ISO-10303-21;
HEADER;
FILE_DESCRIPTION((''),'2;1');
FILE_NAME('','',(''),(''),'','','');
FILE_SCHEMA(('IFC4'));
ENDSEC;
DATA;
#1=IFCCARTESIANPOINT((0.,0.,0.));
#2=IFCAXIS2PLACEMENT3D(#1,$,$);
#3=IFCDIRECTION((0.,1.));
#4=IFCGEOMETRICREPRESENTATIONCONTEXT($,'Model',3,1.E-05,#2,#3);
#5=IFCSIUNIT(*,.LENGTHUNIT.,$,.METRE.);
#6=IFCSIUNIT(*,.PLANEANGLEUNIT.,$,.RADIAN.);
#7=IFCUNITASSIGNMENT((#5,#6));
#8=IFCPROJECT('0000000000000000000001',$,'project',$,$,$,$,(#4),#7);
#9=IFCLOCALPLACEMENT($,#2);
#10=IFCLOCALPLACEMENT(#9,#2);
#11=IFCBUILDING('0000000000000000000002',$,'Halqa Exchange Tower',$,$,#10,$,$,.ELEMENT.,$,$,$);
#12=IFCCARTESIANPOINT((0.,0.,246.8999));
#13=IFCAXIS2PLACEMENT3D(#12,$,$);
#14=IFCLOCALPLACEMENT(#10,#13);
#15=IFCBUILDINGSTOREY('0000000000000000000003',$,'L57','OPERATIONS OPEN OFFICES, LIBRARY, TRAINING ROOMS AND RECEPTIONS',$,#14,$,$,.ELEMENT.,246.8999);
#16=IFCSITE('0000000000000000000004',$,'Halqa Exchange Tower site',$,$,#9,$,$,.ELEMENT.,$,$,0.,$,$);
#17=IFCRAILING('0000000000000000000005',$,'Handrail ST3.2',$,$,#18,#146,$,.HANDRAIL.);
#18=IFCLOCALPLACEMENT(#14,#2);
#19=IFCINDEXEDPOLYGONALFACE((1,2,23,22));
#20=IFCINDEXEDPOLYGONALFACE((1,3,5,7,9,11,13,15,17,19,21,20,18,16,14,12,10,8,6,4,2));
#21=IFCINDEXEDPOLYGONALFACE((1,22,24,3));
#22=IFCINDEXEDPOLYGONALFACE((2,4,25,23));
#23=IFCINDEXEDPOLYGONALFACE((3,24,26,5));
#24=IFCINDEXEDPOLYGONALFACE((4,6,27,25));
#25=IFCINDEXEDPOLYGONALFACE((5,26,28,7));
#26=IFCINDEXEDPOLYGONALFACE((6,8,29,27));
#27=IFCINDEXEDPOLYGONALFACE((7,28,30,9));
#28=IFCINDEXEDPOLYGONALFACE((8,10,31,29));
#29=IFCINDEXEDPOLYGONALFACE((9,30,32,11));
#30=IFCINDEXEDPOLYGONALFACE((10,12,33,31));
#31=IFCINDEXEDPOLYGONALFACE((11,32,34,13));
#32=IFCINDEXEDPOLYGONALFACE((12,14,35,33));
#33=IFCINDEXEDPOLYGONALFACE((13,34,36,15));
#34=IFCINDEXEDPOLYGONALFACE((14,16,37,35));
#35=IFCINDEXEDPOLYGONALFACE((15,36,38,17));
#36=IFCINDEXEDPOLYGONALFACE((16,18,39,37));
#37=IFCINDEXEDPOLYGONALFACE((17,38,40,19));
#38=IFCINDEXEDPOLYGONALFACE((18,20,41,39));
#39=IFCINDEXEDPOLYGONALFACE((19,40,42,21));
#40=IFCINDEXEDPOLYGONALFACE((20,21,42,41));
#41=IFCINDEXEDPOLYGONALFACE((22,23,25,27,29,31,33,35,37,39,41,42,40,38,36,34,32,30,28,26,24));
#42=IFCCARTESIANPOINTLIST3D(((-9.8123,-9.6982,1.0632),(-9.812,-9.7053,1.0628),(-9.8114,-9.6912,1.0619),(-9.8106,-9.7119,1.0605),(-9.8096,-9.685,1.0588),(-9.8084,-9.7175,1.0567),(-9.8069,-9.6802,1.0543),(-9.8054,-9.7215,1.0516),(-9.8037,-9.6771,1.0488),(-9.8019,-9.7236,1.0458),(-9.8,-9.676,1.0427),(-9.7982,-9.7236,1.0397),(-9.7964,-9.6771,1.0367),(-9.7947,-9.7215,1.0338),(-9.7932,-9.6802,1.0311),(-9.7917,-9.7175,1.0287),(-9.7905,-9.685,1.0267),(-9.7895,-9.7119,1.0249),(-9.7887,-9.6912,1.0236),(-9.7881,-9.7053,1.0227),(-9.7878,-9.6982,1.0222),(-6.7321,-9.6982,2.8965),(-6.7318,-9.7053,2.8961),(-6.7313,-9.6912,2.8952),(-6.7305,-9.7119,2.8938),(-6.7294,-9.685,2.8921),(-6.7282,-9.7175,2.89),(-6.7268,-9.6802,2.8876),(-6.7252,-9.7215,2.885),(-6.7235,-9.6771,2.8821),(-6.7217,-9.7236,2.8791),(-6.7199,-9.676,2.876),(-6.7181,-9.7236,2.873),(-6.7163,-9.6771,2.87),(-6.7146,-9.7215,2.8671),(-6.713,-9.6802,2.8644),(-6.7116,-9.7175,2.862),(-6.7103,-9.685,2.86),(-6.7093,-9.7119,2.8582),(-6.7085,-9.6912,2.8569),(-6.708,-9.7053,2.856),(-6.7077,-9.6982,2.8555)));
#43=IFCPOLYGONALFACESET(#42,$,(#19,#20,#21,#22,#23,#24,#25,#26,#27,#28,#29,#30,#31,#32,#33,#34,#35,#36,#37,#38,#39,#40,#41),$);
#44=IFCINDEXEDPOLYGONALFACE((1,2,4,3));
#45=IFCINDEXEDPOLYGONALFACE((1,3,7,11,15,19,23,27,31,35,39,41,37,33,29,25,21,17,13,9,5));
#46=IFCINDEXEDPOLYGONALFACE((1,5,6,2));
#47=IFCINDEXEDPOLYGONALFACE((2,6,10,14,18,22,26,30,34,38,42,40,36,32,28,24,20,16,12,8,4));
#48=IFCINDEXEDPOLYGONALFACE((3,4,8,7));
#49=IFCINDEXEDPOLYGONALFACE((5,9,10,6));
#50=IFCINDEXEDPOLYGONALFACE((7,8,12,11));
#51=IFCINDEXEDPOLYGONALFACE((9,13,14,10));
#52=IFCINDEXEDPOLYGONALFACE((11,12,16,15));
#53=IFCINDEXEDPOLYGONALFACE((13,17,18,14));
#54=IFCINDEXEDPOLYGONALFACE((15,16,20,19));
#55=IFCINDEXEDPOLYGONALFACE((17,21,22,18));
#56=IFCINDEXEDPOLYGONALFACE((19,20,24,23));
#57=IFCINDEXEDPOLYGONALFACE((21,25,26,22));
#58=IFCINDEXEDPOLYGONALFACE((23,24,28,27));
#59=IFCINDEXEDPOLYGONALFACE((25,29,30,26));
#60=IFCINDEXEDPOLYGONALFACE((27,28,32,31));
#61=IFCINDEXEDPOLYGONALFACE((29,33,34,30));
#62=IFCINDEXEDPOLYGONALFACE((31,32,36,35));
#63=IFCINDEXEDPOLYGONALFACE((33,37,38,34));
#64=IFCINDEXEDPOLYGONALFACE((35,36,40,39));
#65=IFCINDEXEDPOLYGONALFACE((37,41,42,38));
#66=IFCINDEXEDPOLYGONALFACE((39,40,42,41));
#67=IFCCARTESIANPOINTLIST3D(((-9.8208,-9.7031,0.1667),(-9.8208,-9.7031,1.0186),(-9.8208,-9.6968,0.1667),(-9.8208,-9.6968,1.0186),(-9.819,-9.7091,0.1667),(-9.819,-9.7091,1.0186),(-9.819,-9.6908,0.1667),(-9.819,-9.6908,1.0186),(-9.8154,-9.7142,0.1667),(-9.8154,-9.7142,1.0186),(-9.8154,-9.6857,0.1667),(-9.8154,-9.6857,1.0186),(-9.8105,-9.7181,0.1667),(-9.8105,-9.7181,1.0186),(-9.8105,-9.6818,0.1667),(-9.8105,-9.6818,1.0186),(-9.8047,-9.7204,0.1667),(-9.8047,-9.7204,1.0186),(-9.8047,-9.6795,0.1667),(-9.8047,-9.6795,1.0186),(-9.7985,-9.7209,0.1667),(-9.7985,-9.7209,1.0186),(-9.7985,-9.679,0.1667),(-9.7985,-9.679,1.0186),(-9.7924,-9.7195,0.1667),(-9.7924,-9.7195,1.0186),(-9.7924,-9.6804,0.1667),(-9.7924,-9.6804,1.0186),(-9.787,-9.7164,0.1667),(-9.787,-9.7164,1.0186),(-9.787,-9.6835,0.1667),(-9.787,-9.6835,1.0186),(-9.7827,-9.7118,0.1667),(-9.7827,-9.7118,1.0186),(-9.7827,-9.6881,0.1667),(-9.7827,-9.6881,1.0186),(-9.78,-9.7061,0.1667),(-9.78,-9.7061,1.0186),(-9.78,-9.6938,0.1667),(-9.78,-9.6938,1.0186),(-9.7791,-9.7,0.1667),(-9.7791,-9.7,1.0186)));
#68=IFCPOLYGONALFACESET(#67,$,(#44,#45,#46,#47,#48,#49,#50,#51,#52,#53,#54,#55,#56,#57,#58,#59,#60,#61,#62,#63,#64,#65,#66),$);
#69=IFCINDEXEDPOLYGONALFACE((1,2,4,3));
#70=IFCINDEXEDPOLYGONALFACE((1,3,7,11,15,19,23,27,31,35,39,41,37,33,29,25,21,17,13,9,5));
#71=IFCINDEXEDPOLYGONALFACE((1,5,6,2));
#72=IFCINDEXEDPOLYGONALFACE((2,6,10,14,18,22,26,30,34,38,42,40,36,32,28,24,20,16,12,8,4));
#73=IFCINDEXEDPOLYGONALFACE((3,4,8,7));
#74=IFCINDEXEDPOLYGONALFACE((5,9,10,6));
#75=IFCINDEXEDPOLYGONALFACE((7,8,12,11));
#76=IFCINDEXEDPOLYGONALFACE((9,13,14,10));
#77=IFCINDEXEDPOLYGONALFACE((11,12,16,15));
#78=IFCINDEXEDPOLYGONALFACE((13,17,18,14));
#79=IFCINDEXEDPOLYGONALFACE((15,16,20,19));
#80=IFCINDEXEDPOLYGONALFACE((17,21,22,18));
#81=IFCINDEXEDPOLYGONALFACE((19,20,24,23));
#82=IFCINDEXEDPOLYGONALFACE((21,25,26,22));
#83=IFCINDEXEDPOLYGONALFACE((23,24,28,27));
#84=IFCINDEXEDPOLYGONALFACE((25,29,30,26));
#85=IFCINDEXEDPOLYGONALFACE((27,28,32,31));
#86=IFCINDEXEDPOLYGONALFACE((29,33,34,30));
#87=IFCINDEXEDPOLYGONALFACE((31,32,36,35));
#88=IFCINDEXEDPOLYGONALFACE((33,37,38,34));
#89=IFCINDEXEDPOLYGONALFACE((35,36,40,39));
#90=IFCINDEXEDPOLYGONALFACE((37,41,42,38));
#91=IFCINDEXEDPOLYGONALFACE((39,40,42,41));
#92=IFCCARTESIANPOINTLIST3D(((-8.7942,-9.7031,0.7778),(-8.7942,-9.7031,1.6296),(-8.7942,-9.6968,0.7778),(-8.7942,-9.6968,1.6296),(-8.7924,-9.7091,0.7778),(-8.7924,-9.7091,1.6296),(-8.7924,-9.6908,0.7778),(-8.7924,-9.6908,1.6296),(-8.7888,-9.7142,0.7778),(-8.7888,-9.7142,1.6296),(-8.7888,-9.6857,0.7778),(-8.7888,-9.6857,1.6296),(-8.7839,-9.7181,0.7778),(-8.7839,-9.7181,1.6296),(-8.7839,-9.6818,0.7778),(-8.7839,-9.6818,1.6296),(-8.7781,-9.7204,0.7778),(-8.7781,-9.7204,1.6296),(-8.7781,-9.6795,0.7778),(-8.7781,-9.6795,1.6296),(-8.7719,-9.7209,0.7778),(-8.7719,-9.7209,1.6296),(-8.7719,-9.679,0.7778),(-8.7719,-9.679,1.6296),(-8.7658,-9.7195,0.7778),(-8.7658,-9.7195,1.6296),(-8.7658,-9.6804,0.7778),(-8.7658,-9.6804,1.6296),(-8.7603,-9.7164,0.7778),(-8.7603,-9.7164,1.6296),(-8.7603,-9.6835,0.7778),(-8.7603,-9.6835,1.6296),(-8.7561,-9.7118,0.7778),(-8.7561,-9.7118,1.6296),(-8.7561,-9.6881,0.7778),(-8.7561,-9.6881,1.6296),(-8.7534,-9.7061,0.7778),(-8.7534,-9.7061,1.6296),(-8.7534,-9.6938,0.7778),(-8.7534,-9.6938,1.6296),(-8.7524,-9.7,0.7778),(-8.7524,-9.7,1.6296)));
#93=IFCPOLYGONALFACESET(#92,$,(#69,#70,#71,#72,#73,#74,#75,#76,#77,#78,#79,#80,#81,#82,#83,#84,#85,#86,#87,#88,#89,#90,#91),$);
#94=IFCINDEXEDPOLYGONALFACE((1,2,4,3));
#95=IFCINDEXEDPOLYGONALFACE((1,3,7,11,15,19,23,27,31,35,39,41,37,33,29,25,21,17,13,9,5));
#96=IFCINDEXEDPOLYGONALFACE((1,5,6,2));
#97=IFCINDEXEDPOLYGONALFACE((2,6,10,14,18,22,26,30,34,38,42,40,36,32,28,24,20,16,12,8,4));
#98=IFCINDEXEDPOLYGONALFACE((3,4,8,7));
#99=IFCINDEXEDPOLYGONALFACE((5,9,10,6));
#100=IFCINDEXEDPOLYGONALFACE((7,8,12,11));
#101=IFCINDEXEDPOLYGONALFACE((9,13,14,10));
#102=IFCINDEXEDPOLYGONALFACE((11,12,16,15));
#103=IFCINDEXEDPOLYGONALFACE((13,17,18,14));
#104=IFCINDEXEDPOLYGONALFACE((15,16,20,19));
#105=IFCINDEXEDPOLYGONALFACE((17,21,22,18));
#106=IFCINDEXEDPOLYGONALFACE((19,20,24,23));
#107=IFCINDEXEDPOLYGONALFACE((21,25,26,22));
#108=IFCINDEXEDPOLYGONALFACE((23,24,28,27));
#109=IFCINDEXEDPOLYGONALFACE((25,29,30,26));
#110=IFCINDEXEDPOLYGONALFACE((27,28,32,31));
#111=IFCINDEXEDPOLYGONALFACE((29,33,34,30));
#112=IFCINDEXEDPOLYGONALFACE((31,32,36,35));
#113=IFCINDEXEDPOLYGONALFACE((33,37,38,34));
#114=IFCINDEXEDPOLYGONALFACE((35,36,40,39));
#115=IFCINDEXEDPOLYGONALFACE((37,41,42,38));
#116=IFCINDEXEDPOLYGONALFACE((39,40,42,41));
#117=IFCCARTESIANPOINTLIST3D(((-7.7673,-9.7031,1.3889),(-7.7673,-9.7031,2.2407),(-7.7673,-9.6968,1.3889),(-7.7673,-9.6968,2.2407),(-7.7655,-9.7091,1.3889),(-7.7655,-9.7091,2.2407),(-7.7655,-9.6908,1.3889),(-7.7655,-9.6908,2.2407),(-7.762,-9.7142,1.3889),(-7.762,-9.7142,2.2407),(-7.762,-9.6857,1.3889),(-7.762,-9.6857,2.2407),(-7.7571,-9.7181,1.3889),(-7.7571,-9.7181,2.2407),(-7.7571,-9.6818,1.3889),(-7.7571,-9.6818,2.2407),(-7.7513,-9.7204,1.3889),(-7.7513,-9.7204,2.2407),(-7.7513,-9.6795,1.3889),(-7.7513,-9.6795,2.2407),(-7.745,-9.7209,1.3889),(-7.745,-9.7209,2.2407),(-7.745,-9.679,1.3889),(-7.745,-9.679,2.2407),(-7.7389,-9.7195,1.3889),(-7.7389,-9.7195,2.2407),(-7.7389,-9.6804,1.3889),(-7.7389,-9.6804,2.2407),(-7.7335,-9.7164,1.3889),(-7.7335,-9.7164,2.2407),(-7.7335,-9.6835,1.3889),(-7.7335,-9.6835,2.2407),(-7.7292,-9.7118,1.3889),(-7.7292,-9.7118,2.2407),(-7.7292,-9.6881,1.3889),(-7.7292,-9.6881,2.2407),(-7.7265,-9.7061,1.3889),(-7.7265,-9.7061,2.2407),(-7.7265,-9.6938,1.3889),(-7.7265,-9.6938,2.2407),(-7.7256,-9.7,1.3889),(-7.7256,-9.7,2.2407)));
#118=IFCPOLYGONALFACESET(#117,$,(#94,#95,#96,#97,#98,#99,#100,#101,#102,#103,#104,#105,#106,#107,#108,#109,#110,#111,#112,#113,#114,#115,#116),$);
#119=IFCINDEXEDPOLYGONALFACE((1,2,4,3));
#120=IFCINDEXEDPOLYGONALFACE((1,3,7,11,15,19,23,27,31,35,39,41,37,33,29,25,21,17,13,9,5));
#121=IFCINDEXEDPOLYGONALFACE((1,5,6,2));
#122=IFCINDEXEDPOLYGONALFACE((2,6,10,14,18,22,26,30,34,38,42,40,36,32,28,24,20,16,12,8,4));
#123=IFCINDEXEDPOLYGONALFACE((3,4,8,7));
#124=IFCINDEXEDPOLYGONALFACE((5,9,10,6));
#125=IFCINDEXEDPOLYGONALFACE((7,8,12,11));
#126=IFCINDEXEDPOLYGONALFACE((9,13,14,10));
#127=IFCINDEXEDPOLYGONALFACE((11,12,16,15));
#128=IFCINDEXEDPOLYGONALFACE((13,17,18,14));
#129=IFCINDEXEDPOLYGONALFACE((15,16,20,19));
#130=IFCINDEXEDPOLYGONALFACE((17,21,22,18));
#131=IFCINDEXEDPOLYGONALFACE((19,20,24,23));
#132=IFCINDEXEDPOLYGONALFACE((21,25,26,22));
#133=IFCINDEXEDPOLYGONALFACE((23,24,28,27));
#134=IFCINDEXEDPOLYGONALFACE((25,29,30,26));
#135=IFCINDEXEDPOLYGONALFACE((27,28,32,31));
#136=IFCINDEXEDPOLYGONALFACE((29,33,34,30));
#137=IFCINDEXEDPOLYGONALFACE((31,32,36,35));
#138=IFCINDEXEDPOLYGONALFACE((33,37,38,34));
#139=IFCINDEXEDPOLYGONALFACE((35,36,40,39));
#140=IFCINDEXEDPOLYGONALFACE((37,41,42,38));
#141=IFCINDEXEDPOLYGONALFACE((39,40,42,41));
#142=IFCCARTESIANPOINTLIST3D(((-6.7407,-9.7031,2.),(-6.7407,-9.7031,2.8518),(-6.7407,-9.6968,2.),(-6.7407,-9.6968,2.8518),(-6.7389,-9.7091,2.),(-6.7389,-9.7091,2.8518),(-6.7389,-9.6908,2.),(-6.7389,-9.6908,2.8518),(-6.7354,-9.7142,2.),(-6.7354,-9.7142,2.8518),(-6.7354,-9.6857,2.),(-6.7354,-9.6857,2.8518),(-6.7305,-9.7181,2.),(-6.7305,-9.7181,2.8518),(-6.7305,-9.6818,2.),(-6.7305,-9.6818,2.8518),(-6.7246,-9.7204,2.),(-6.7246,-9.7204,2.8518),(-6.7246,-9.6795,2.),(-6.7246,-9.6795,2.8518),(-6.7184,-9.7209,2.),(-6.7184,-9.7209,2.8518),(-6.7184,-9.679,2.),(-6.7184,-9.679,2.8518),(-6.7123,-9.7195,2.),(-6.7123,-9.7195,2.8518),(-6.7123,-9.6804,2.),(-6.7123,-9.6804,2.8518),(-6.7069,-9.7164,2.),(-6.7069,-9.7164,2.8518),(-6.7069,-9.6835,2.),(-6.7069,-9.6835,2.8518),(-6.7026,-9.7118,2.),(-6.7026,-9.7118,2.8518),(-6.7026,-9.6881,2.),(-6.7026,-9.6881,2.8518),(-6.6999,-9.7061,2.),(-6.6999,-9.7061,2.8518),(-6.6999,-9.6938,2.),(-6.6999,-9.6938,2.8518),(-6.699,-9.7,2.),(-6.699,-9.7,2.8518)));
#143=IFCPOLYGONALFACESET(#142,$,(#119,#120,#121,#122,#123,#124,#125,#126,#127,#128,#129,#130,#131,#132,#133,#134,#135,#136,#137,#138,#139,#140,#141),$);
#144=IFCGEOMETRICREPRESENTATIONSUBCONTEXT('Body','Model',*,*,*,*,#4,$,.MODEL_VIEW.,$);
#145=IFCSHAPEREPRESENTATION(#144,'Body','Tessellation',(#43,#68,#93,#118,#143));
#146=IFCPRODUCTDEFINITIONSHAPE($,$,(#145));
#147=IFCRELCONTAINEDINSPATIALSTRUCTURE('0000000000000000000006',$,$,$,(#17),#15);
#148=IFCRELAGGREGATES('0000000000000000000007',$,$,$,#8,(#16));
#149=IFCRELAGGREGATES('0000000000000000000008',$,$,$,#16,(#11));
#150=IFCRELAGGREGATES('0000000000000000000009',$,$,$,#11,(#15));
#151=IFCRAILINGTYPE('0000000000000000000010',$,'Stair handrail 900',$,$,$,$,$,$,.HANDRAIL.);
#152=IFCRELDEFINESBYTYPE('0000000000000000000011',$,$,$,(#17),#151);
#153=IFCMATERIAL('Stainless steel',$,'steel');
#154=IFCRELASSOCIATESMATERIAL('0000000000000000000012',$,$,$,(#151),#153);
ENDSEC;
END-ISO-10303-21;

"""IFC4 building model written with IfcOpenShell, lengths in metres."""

from ifc_helpers import new_model, si_unit, direction, frame, origin, origin_2d, place, context, subcontext, project, spatial, circle, extrude, material, type_object, element, save


model = new_model("IFC4")

# Units and contexts
model_context = context("Model", 3, precision=1e-05, world=origin(), true_north=direction((0.0, 1.0)))
body_context = subcontext(model_context, "Body", "Model", "MODEL_VIEW")
ifc_project = project(units=[si_unit("LENGTHUNIT", "METRE"), si_unit("PLANEANGLEUNIT", "RADIAN")], contexts=[model_context])

# Site, building, storey
site_placement = place(None, origin())
site = spatial("IfcSite", under=ifc_project, at=site_placement, Name="Halqa Exchange Tower site", CompositionType="ELEMENT", RefElevation=0.0)
building_placement = place(site_placement, origin())
building = spatial("IfcBuilding", under=site, at=building_placement, Name="Halqa Exchange Tower", CompositionType="ELEMENT")
storey_placement = place(building_placement, frame((0.0, 0.0, 246.8999)))
storey = spatial("IfcBuildingStorey", under=building, at=storey_placement, Name="L57", Description="OPERATIONS OPEN OFFICES, LIBRARY, TRAINING ROOMS AND RECEPTIONS", CompositionType="ELEMENT", Elevation=246.8999)

# Shared definitions
ifc_material_1 = material(Name="Stainless steel", Category="steel")

# Railing
railing_type_1 = type_object("IfcRailingType", Name="Stair handrail 900", PredefinedType="HANDRAIL", material=ifc_material_1)
railing_1_placement = place(storey_placement, frame((-9.8, -9.7, 0.1667)))
element("IfcRailing", 1, at=railing_1_placement, inside=storey, type_object=railing_type_1, Name="Handrail ST3.2", PredefinedType="HANDRAIL", context=body_context, shape_type="SweptSolid", body=[
    extrude(circle(Radius=0.0239, at=origin_2d()), frame((0.0, 0.0, 0.876), z_axis=(0.859309, 0.0, 0.511458), x_axis=(0.0, 1.0, 0.0)), (0.0, 0.0, 1.0), 3.5845),
    extrude(circle(Radius=0.021, at=origin_2d()), origin(), (0.0, 0.0, 1.0), 0.8518),
    extrude(circle(Radius=0.021, at=origin_2d()), frame((1.0266, 0.0, 0.6111)), (0.0, 0.0, 1.0), 0.8518),
    extrude(circle(Radius=0.021, at=origin_2d()), frame((2.0535, 0.0, 1.2222)), (0.0, 0.0, 1.0), 0.8518),
    extrude(circle(Radius=0.021, at=origin_2d()), frame((3.0801, 0.0, 1.8333)), (0.0, 0.0, 1.0), 0.8518),
])

save(model, "model.ifc")
